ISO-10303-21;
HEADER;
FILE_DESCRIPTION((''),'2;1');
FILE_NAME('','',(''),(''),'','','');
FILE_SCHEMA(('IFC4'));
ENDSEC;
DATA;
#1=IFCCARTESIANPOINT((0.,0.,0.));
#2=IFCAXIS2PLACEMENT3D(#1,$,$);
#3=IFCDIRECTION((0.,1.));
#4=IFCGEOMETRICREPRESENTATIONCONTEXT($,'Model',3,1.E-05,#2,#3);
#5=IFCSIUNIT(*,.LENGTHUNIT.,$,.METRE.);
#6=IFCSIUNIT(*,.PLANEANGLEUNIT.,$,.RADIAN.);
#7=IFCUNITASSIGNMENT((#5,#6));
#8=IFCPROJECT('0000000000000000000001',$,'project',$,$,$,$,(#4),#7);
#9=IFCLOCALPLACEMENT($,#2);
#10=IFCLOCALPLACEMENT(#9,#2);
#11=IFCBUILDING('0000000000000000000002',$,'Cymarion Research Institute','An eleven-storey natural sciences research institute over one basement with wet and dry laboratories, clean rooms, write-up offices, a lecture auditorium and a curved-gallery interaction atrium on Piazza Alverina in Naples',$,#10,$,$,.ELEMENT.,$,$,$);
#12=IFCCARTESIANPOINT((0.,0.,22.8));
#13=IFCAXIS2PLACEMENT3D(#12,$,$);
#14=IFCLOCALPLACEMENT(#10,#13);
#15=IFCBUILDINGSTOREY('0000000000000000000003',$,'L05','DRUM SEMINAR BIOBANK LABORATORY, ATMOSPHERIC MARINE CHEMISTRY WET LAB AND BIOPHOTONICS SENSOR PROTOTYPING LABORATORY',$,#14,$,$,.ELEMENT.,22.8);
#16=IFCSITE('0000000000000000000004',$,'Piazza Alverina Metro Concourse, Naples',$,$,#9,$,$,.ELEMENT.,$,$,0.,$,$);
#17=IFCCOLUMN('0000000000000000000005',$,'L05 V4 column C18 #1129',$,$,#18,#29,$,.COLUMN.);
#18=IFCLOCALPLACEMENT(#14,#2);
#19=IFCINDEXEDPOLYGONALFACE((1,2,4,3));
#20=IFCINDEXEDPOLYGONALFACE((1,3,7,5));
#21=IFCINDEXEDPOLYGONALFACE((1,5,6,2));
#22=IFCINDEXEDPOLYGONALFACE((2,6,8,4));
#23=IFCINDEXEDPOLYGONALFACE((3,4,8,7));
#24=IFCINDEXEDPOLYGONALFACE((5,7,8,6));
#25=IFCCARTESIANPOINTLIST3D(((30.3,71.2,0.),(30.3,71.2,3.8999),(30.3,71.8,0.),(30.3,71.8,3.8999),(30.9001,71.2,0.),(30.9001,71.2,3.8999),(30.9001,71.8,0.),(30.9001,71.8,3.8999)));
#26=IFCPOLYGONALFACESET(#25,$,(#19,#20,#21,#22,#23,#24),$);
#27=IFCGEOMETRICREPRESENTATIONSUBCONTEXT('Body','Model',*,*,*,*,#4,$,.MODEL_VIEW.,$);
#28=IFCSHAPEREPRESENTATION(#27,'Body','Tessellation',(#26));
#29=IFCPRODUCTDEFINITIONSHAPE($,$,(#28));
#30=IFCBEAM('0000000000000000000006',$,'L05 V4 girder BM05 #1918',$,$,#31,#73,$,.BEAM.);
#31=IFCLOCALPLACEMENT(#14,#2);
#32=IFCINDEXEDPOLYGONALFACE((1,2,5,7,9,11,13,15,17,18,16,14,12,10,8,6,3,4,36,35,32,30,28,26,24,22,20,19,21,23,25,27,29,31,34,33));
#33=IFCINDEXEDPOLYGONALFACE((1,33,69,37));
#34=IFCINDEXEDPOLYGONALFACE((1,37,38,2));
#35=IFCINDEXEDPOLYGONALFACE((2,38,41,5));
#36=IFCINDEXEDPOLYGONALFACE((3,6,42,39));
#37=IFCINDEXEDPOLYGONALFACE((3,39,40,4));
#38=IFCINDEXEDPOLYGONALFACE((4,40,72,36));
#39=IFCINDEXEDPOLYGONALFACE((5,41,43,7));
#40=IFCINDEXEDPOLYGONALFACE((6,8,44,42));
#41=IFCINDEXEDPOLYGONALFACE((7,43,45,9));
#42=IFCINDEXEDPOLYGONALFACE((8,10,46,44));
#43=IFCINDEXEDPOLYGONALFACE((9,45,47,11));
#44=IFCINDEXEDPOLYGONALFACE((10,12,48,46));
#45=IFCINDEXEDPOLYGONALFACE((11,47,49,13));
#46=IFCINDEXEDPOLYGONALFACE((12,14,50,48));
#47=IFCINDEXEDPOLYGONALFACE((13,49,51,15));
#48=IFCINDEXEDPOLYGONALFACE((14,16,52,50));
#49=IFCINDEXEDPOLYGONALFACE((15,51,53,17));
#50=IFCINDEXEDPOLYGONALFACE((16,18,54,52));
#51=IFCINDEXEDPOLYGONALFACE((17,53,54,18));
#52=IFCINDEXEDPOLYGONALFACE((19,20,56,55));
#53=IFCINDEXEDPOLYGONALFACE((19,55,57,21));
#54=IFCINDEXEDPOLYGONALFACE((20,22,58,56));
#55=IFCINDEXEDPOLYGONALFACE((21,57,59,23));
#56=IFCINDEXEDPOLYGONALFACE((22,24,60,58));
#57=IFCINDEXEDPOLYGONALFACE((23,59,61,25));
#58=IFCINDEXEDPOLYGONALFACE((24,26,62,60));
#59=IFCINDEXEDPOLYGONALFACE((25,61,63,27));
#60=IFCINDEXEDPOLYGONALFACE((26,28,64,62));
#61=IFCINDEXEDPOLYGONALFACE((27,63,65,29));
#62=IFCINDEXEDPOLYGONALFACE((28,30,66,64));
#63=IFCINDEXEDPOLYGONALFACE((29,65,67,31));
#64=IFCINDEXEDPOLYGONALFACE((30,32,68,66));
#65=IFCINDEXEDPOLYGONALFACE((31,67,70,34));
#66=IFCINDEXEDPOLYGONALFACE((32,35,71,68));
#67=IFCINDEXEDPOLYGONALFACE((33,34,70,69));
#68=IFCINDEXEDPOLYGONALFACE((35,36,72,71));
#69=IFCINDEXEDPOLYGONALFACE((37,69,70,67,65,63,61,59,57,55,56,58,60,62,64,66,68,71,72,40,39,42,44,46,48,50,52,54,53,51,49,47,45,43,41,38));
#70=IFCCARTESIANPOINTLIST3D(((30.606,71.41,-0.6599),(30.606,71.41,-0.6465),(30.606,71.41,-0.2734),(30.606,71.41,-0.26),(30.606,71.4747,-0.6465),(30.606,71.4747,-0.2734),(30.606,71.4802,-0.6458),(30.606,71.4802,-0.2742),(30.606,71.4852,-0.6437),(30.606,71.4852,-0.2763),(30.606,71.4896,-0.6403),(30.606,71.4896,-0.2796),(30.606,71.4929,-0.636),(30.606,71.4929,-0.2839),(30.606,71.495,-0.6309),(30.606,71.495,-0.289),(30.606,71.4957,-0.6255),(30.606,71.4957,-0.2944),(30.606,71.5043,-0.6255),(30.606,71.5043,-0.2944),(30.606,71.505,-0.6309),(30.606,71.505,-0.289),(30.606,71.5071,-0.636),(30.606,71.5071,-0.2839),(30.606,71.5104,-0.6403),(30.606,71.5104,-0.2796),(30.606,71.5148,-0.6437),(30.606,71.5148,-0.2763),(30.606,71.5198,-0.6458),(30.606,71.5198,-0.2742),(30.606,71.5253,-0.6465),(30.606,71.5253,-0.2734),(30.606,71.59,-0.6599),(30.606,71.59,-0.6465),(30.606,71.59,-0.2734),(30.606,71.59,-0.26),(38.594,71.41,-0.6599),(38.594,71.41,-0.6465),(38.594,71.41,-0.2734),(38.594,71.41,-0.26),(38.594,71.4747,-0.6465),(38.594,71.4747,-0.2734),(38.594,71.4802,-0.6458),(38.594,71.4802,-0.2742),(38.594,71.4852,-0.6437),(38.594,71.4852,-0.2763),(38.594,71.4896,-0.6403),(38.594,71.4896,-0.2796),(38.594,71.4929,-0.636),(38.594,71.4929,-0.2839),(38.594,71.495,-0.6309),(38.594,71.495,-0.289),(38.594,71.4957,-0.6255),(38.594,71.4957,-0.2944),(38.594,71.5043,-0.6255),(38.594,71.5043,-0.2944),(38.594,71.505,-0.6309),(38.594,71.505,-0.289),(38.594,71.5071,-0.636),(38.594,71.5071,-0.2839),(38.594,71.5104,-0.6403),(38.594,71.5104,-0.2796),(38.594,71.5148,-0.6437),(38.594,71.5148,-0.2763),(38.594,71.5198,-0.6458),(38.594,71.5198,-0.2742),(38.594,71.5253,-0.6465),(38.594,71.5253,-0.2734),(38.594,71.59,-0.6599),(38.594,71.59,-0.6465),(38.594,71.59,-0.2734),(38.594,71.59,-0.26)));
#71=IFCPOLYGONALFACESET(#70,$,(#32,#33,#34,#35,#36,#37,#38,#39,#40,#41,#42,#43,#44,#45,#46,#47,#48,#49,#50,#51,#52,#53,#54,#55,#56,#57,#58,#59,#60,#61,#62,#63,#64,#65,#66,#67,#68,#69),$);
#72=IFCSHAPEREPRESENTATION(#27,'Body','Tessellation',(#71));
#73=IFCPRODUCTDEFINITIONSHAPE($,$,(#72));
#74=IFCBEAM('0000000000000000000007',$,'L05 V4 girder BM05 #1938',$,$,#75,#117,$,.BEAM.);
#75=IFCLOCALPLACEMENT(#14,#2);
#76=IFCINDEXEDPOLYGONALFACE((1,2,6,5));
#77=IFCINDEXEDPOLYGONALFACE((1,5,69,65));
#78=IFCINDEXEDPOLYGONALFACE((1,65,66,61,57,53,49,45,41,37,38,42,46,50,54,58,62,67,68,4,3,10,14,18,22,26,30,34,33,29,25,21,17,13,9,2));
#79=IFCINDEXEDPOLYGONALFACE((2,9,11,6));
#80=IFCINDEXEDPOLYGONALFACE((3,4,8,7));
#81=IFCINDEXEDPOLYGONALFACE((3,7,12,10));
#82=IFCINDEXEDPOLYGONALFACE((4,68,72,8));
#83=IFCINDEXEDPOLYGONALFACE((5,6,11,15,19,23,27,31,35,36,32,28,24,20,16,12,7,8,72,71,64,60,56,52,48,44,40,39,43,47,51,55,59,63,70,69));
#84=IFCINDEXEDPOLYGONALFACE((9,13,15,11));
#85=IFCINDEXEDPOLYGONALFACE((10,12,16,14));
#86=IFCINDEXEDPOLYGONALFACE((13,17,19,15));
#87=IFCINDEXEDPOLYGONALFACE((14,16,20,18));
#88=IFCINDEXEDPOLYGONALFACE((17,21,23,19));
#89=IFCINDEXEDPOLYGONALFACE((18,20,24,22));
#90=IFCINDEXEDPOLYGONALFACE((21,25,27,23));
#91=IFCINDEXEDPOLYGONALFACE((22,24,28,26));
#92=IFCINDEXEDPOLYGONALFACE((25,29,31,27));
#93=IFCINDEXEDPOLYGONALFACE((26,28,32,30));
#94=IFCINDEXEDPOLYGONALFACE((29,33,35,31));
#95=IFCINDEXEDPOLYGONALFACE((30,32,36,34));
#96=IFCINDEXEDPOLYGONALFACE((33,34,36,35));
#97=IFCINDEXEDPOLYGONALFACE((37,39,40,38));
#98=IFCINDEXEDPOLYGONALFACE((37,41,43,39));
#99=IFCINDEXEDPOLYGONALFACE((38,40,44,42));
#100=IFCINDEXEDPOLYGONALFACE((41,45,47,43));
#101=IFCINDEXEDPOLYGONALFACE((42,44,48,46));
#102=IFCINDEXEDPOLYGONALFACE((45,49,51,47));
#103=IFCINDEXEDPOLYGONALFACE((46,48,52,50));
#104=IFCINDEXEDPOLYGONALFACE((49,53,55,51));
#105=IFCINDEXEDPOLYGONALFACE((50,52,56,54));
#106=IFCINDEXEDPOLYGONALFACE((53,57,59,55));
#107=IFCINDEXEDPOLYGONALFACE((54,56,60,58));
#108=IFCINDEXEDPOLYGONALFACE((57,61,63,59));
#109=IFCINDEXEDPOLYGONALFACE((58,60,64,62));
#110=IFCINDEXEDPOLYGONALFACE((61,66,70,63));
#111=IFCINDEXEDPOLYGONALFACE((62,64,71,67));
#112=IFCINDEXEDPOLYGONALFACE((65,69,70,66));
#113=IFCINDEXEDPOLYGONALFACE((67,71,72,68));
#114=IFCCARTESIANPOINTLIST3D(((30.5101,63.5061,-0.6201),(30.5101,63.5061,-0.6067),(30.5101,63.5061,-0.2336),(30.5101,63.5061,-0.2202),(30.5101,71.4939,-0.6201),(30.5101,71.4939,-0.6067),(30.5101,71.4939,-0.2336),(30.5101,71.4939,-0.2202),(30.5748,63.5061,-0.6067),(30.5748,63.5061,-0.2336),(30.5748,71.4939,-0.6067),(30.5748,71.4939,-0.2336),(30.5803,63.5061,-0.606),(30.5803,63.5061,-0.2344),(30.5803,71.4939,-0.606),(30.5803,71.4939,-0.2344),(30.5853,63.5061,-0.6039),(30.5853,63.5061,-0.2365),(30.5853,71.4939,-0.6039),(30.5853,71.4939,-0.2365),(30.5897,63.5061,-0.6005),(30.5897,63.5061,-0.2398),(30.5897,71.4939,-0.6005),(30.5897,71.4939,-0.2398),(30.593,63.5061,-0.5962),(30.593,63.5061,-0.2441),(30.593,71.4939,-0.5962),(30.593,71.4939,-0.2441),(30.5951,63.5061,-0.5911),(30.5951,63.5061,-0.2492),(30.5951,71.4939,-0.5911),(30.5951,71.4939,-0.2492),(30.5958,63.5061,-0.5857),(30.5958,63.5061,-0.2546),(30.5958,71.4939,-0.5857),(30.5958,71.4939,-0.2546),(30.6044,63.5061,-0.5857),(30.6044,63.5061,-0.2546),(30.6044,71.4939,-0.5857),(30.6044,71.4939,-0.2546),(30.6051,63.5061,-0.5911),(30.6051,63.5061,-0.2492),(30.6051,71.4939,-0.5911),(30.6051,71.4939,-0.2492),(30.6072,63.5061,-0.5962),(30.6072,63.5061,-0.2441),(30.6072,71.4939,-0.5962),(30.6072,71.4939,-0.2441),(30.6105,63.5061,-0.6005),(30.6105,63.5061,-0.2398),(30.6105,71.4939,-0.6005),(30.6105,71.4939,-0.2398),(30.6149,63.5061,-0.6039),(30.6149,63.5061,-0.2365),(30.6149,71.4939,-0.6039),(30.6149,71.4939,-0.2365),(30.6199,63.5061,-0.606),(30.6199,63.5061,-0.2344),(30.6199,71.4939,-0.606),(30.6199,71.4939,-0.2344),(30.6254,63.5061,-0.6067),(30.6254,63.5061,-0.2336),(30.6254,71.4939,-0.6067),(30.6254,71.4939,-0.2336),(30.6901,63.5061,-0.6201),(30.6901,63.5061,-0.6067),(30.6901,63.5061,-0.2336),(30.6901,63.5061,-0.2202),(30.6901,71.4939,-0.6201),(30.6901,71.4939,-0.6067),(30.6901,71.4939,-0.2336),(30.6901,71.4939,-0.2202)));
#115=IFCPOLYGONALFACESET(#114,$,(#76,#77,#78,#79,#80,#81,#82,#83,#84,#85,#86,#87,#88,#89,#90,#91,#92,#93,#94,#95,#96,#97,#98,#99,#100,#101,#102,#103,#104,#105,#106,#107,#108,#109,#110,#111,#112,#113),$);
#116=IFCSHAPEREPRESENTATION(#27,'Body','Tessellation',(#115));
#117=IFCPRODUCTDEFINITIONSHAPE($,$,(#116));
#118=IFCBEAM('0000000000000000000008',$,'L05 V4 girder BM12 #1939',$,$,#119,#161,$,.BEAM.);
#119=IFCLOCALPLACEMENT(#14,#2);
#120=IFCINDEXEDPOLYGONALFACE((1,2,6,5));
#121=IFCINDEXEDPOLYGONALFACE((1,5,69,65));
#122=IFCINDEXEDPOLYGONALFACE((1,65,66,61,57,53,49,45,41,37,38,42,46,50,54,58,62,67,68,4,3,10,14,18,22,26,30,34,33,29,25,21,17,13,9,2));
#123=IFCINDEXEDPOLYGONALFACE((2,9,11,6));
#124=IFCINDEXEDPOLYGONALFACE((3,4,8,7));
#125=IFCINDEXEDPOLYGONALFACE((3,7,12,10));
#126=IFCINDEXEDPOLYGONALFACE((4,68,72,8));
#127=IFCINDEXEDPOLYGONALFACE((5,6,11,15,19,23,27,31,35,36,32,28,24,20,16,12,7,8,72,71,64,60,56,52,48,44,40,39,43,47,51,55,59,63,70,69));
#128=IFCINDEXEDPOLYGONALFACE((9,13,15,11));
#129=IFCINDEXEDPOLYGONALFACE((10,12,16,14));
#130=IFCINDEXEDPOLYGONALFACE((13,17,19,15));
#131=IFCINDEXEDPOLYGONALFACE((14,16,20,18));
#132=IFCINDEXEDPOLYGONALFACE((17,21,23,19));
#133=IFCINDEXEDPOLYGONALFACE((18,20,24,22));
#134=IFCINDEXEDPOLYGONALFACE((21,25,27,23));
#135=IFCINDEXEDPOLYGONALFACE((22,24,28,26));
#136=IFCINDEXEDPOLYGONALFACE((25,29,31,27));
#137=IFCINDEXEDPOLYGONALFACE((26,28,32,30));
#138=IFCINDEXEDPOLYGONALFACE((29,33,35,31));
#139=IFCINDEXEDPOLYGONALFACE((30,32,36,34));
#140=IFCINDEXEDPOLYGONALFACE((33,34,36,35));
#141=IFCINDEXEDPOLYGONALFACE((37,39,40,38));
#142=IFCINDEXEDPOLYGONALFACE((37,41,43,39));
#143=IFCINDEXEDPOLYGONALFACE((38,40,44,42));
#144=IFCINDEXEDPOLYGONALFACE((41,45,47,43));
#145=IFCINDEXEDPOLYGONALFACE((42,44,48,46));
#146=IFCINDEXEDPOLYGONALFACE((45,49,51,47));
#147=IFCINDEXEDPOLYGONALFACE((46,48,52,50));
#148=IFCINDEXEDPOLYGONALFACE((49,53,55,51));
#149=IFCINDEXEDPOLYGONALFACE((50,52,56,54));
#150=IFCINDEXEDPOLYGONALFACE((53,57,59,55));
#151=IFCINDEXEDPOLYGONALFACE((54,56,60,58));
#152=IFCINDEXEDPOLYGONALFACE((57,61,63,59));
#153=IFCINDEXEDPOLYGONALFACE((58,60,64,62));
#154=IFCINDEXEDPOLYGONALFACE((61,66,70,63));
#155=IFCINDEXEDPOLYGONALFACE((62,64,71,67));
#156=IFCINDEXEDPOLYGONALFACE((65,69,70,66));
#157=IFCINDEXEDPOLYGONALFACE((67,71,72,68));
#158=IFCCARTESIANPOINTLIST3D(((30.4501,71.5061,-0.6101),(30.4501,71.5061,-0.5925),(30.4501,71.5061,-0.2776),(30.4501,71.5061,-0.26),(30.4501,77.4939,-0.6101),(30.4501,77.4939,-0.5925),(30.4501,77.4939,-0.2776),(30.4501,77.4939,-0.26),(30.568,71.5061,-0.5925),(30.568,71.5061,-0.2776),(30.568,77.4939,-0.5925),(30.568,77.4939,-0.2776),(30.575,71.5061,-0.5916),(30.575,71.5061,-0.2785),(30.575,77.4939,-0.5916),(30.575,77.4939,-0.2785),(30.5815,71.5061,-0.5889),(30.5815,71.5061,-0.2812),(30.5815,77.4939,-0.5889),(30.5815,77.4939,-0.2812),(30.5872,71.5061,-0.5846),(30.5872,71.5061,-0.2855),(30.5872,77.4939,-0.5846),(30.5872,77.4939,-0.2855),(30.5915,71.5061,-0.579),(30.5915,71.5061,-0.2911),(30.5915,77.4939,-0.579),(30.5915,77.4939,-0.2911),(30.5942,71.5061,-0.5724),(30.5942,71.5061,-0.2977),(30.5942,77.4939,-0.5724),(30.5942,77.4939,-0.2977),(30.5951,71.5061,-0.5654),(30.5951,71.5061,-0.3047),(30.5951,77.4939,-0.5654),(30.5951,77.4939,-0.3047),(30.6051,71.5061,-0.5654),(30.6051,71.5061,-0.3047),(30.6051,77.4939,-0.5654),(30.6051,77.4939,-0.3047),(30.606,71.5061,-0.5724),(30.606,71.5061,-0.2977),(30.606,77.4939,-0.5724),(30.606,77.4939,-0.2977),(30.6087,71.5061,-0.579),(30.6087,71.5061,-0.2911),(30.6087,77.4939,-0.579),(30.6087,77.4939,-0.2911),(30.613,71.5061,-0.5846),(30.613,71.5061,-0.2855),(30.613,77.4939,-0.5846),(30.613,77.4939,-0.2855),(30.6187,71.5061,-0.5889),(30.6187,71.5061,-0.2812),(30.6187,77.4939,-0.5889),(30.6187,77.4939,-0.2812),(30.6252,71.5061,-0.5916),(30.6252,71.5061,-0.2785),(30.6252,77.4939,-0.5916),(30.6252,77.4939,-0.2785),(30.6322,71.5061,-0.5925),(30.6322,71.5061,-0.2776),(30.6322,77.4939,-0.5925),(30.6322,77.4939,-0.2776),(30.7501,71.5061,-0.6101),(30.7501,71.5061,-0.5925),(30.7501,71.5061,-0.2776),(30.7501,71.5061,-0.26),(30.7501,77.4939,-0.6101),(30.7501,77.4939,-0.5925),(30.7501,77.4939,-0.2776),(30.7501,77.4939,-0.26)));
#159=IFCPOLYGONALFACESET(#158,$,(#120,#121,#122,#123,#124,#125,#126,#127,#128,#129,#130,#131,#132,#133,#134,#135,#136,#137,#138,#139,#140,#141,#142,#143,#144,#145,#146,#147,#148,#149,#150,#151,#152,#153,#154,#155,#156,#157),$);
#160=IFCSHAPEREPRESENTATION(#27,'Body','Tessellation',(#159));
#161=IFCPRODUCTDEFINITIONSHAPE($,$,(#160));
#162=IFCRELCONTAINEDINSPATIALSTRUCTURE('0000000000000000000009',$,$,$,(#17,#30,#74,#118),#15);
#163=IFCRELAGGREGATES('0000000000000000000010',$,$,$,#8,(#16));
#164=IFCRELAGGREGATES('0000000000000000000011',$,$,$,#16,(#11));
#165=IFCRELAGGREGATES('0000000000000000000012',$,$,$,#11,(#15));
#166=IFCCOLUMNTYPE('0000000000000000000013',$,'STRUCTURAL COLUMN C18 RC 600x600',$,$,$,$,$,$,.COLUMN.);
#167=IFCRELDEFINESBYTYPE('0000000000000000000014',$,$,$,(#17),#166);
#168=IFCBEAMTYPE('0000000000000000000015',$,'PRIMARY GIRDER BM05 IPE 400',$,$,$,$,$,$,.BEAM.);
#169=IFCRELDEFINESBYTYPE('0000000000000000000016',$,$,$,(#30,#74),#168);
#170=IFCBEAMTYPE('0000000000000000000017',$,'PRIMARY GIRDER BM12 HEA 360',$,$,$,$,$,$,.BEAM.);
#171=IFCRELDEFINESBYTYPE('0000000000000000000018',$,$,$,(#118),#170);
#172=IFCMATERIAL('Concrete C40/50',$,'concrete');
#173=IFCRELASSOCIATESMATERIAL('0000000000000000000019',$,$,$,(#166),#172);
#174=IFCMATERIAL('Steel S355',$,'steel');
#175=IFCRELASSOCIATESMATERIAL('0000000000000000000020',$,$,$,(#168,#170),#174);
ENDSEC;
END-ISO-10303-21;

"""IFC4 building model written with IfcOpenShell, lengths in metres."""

from ifc_helpers import new_model, si_unit, direction, frame, origin, origin_2d, place, context, subcontext, project, spatial, rectangle, i_section, extrude, material, material_profile, profile_set, type_object, element, save


model = new_model("IFC4")

# Units and contexts
model_context = context("Model", 3, precision=1e-05, world=origin(), true_north=direction((0.0, 1.0)))
body_context = subcontext(model_context, "Body", "Model", "MODEL_VIEW")
ifc_project = project(units=[si_unit("LENGTHUNIT", "METRE"), si_unit("PLANEANGLEUNIT", "RADIAN")], contexts=[model_context])

# Site, building, storey
site_placement = place(None, origin())
site = spatial("IfcSite", under=ifc_project, at=site_placement, Name="Piazza Alverina Metro Concourse, Naples", CompositionType="ELEMENT", RefElevation=0.0)
building_placement = place(site_placement, origin())
building = spatial("IfcBuilding", under=site, at=building_placement, Name="Cymarion Research Institute", Description="An eleven-storey natural sciences research institute over one basement with wet and dry laboratories, clean rooms, write-up offices, a lecture auditorium and a curved-gallery interaction atrium on Piazza Alverina in Naples", CompositionType="ELEMENT")
storey_placement = place(building_placement, frame((0.0, 0.0, 22.8)))
storey = spatial("IfcBuildingStorey", under=building, at=storey_placement, Name="L05", Description="DRUM SEMINAR BIOBANK LABORATORY, ATMOSPHERIC MARINE CHEMISTRY WET LAB AND BIOPHOTONICS SENSOR PROTOTYPING LABORATORY", CompositionType="ELEMENT", Elevation=22.8)

# Column
ifc_material_1 = material(Name="Concrete C40/50", Category="concrete")
ifc_material_profile_1 = material_profile(ifc_material_1, rectangle(XDim=0.6001, YDim=0.6001, at=origin_2d()), Name="RC 600x600")
ifc_profile_set_1 = profile_set([ifc_material_profile_1], Name="Concrete C40/50")
column_type = type_object("IfcColumnType", Name="STRUCTURAL COLUMN C18 RC 600x600", PredefinedType="COLUMN", material=ifc_profile_set_1)
column_placement = place(storey_placement, frame((30.6001, 71.5, 0.0), z_axis=(0.0, 0.0, 1.0), x_axis=(1.0, 0.0, 0.0)))
element("IfcColumn", 1, at=column_placement, inside=storey, type_object=column_type, Name="L05 V4 column C18 #1129", PredefinedType="COLUMN", context=body_context, shape_type="SweptSolid", body=[
    extrude(rectangle(XDim=0.6001, YDim=0.6001, at=origin_2d()), origin(), (0.0, 0.0, 1.0), 3.8999),
])

# Beams
ifc_material_2 = material(Name="Steel S355", Category="steel")
ifc_material_profile_2 = material_profile(ifc_material_2, i_section(OverallWidth=0.1799, OverallDepth=0.3999, WebThickness=0.0085, FlangeThickness=0.0134, FilletRadius=0.021, at=origin_2d()), Name="IPE 400")
ifc_profile_set_2 = profile_set([ifc_material_profile_2], Name="Steel S355")
beam_type_1 = type_object("IfcBeamType", Name="PRIMARY GIRDER BM05 IPE 400", PredefinedType="BEAM", material=ifc_profile_set_2)
beam_1_placement = place(storey_placement, frame((30.606, 71.5, -0.46), z_axis=(1.0, 0.0, 0.0), x_axis=(0.0, 1.0, 0.0)))
element("IfcBeam", 2, at=beam_1_placement, inside=storey, type_object=beam_type_1, Name="L05 V4 girder BM05 #1918", PredefinedType="BEAM", context=body_context, shape_type="SweptSolid", body=[
    extrude(i_section(OverallWidth=0.1799, OverallDepth=0.3999, WebThickness=0.0085, FlangeThickness=0.0134, FilletRadius=0.021, at=origin_2d()), origin(), (0.0, 0.0, 1.0), 7.988),
])
beam_2_placement = place(storey_placement, frame((30.6001, 63.5061, -0.4202), z_axis=(0.0, 1.0, 0.0), x_axis=(-1.0, 0.0, 0.0)))
element("IfcBeam", 3, at=beam_2_placement, inside=storey, type_object=beam_type_1, Name="L05 V4 girder BM05 #1938", PredefinedType="BEAM", context=body_context, shape_type="SweptSolid", body=[
    extrude(i_section(OverallWidth=0.1799, OverallDepth=0.3999, WebThickness=0.0085, FlangeThickness=0.0134, FilletRadius=0.021, at=origin_2d()), origin(), (0.0, 0.0, 1.0), 7.9878),
])
ifc_material_profile_3 = material_profile(ifc_material_2, i_section(OverallWidth=0.3, OverallDepth=0.3501, WebThickness=0.01, FlangeThickness=0.0176, FilletRadius=0.0271, at=origin_2d()), Name="HEA 360")
ifc_profile_set_3 = profile_set([ifc_material_profile_3], Name="Steel S355")
beam_type_2 = type_object("IfcBeamType", Name="PRIMARY GIRDER BM12 HEA 360", PredefinedType="BEAM", material=ifc_profile_set_3)
beam_3_placement = place(storey_placement, frame((30.6001, 71.5061, -0.4351), z_axis=(0.0, 1.0, 0.0), x_axis=(-1.0, 0.0, 0.0)))
element("IfcBeam", 4, at=beam_3_placement, inside=storey, type_object=beam_type_2, Name="L05 V4 girder BM12 #1939", PredefinedType="BEAM", context=body_context, shape_type="SweptSolid", body=[
    extrude(i_section(OverallWidth=0.3, OverallDepth=0.3501, WebThickness=0.01, FlangeThickness=0.0176, FilletRadius=0.0271, at=origin_2d()), origin(), (0.0, 0.0, 1.0), 5.9878),
])

save(model, "model.ifc")
